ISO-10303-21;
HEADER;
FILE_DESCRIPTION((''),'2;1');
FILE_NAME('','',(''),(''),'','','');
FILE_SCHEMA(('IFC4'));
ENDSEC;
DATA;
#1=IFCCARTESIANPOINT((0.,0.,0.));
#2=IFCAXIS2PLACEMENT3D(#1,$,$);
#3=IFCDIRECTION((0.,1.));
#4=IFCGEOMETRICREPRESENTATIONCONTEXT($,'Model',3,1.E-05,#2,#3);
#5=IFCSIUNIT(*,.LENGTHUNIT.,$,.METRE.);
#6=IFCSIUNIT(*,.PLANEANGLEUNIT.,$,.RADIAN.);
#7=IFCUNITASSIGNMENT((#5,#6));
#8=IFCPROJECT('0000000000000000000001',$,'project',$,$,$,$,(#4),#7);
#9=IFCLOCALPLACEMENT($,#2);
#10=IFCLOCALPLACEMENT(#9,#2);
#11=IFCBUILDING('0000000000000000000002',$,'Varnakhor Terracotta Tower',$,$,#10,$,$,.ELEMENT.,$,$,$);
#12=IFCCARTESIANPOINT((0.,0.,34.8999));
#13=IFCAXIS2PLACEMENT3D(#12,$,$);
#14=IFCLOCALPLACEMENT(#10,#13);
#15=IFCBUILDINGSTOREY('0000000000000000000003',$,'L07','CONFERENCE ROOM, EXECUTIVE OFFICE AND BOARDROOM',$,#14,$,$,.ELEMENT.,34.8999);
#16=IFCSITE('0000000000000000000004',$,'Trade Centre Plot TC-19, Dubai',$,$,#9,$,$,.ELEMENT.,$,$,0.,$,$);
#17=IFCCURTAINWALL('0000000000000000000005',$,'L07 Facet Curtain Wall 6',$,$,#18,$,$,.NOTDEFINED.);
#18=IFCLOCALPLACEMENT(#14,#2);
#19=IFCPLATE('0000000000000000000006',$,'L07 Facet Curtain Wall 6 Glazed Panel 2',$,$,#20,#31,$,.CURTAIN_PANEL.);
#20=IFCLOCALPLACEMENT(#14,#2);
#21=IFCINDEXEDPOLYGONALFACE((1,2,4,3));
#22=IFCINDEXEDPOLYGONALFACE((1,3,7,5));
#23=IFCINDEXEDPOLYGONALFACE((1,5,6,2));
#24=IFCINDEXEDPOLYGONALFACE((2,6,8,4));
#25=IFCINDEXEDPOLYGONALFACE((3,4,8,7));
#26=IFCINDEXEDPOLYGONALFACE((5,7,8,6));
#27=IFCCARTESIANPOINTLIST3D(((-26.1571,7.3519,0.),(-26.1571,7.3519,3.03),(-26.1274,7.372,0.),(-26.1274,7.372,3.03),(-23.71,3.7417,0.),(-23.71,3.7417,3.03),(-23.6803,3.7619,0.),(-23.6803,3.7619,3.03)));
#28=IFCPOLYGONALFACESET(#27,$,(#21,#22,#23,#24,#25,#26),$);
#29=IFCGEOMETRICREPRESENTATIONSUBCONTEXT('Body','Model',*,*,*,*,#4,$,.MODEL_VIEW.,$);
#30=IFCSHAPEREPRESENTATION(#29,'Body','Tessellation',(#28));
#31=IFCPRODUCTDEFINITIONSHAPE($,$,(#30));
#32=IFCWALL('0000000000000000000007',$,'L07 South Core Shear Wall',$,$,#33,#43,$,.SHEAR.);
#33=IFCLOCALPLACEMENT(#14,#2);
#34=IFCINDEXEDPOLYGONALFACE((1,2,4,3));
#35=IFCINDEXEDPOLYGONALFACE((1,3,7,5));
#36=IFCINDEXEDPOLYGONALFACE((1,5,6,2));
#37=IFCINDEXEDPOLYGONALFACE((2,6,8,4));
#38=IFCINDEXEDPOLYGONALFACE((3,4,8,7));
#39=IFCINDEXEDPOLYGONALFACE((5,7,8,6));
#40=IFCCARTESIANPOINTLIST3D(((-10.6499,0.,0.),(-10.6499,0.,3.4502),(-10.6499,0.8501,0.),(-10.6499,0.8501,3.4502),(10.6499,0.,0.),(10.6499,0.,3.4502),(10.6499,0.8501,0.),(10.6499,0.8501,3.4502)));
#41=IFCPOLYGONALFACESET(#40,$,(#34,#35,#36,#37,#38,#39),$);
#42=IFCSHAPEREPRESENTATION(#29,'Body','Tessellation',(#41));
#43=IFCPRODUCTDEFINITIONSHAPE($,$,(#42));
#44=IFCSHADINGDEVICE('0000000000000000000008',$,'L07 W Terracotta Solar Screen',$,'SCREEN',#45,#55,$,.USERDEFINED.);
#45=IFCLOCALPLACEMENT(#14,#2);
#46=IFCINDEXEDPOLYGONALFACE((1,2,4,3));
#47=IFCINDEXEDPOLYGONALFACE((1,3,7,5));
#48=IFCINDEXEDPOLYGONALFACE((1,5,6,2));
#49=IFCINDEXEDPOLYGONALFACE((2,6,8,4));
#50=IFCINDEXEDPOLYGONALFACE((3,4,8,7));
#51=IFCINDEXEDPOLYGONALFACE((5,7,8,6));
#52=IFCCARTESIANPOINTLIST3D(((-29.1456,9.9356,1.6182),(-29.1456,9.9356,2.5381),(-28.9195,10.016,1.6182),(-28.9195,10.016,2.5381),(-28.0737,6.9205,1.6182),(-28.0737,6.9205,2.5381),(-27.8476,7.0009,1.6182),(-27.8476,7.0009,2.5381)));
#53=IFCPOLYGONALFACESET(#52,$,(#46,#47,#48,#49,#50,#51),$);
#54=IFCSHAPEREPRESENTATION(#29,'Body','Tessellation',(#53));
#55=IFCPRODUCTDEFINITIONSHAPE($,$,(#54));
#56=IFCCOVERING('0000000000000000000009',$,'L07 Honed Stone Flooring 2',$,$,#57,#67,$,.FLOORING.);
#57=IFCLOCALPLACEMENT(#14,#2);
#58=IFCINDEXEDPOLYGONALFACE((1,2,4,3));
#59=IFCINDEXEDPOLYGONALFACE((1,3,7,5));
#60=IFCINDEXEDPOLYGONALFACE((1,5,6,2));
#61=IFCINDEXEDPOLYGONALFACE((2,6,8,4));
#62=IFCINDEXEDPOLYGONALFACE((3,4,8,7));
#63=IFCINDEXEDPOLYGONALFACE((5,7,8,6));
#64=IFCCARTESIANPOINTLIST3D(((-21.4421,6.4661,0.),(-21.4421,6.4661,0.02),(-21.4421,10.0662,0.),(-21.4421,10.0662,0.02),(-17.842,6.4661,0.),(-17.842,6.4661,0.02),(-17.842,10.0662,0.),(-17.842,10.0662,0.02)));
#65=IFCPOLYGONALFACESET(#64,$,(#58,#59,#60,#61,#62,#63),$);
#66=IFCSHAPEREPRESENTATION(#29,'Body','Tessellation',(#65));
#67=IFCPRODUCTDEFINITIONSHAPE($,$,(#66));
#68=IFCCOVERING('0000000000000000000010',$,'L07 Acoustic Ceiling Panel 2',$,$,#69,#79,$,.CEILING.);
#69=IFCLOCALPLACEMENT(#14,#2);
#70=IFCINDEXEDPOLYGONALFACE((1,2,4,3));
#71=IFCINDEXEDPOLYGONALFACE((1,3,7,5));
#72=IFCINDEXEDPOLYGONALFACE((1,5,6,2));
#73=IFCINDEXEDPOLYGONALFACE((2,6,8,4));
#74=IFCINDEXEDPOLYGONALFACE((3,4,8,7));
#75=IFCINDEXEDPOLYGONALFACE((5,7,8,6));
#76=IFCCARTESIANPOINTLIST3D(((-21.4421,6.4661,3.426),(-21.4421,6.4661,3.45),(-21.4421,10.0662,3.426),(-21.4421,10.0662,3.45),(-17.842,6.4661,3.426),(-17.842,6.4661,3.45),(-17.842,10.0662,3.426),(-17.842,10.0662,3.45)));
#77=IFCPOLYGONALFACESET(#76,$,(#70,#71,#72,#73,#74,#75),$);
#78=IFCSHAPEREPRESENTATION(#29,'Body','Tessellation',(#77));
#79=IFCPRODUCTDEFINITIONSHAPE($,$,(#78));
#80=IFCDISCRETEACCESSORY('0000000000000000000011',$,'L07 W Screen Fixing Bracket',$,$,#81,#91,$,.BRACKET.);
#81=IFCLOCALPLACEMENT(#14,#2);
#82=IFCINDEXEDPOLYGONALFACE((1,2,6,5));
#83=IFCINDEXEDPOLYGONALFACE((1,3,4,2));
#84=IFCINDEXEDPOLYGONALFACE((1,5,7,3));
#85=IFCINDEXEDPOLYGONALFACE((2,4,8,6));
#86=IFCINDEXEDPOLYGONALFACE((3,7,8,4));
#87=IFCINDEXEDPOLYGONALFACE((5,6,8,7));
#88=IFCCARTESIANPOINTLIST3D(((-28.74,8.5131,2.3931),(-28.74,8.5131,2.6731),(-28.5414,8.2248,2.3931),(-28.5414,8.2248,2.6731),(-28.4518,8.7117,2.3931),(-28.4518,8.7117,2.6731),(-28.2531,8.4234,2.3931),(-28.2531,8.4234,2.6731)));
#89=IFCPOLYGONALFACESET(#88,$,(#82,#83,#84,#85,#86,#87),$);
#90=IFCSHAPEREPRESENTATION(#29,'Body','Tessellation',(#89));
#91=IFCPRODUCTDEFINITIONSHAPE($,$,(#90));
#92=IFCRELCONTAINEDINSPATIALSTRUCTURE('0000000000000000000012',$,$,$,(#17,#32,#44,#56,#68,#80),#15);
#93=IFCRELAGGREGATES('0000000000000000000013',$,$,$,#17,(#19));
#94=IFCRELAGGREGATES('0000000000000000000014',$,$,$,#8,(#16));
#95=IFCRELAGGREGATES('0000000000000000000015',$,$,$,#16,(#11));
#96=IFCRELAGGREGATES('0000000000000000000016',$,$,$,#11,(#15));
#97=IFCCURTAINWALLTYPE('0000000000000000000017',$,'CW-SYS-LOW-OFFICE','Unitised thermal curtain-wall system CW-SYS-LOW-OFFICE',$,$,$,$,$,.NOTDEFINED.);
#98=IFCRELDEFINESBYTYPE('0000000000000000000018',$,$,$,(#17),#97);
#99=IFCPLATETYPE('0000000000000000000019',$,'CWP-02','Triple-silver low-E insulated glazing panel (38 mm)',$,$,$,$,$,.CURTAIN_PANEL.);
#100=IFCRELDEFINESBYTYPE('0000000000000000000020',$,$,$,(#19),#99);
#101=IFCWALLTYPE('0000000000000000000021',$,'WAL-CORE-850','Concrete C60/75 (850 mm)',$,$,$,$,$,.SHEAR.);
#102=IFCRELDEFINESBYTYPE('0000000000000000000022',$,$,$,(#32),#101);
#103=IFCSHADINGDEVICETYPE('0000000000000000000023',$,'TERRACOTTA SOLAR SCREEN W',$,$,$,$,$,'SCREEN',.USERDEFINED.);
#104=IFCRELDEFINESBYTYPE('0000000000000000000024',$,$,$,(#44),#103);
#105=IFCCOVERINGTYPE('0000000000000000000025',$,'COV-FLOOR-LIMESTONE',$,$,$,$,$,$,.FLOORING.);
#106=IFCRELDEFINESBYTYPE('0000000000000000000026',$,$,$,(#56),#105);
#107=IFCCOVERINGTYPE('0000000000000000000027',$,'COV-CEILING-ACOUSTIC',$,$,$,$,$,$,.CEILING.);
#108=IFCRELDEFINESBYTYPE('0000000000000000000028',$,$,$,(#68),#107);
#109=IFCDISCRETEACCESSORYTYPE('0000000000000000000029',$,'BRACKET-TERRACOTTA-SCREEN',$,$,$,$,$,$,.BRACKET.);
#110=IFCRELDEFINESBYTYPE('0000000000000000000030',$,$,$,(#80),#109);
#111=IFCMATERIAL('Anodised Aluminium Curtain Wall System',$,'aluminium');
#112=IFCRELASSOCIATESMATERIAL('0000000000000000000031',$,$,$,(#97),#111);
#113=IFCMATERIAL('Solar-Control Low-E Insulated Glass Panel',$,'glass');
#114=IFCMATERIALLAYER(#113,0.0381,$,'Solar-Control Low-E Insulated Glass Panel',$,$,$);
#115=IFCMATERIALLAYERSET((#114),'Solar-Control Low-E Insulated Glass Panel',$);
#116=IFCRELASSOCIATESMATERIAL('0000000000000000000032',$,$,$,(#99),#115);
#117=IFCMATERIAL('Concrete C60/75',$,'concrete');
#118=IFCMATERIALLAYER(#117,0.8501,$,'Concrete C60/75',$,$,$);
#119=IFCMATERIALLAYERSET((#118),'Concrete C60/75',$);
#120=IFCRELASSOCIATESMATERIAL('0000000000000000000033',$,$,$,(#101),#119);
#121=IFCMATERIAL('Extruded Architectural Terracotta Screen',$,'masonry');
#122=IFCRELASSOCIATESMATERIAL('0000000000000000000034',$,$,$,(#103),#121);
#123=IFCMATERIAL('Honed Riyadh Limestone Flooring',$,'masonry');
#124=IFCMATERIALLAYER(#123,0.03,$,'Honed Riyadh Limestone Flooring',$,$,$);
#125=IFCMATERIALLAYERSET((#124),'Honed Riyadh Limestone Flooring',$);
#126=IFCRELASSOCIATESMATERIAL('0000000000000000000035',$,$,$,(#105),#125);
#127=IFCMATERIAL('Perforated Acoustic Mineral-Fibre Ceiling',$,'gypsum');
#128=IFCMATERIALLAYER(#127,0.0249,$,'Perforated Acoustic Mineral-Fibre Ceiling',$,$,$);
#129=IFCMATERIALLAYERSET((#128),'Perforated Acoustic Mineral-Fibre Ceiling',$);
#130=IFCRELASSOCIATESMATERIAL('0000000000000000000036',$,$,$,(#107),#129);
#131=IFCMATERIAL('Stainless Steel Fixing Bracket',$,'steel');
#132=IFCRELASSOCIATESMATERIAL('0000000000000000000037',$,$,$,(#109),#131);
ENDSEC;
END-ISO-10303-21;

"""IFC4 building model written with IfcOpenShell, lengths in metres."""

from ifc_helpers import new_model, si_unit, direction, frame, frame_2d, origin, origin_2d, place, context, subcontext, project, spatial, rectangle, extrude, source, transform, mapped, material, layer, layer_set, type_object, type_shapes, element, aggregate, save


model = new_model("IFC4")

# Units and contexts
model_context = context("Model", 3, precision=1e-05, world=origin(), true_north=direction((0.0, 1.0)))
body_context = subcontext(model_context, "Body", "Model", "MODEL_VIEW")
ifc_project = project(units=[si_unit("LENGTHUNIT", "METRE"), si_unit("PLANEANGLEUNIT", "RADIAN")], contexts=[model_context])

# Site, building, storey
site_placement = place(None, origin())
site = spatial("IfcSite", under=ifc_project, at=site_placement, Name="Trade Centre Plot TC-19, Dubai", CompositionType="ELEMENT", RefElevation=0.0)
building_placement = place(site_placement, origin())
building = spatial("IfcBuilding", under=site, at=building_placement, Name="Varnakhor Terracotta Tower", CompositionType="ELEMENT")
storey_placement = place(building_placement, frame((0.0, 0.0, 34.8999)))
storey = spatial("IfcBuildingStorey", under=building, at=storey_placement, Name="L07", Description="CONFERENCE ROOM, EXECUTIVE OFFICE AND BOARDROOM", CompositionType="ELEMENT", Elevation=34.8999)

# Shared definitions
ifc_material_1 = material(Name="Anodised Aluminium Curtain Wall System", Category="aluminium")
curtain_wall_type = type_object("IfcCurtainWallType", Name="CW-SYS-LOW-OFFICE", Description="Unitised thermal curtain-wall system CW-SYS-LOW-OFFICE", PredefinedType="NOTDEFINED", material=ifc_material_1)

# Curtain wall
curtain_wall_1_placement = place(storey_placement, origin())
curtain_wall_1 = element("IfcCurtainWall", 1, at=curtain_wall_1_placement, inside=storey, type_object=curtain_wall_type, Name="L07 Facet Curtain Wall 6", PredefinedType="NOTDEFINED")

# Plate
ifc_material_2 = material(Name="Solar-Control Low-E Insulated Glass Panel", Category="glass")
ifc_layer_1 = layer(ifc_material_2, 0.0381, Name="Solar-Control Low-E Insulated Glass Panel")
ifc_layer_set_1 = layer_set([ifc_layer_1], Name="Solar-Control Low-E Insulated Glass Panel")
plate_type = type_object("IfcPlateType", Name="CWP-02", Description="Triple-silver low-E insulated glazing panel (38 mm)", PredefinedType="CURTAIN_PANEL", material=ifc_layer_set_1)
shared_shape_1 = source(origin(), body_context, "Body", "SweptSolid", [
    extrude(rectangle(XDim=4.3613, YDim=0.0359, at=origin_2d()), origin(), (0.0, 0.0, 1.0), 3.03),
])
plate_1_placement = place(storey_placement, frame((-24.9187, 5.5569, 0.0), z_axis=(0.0, 0.0, 1.0), x_axis=(-0.561072, 0.827767, 0.0)))
plate_1 = element("IfcPlate", 2, at=plate_1_placement, type_object=plate_type, Name="L07 Facet Curtain Wall 6 Glazed Panel 2", PredefinedType="CURTAIN_PANEL", context=body_context, shape_type="MappedRepresentation", body=[
    mapped(shared_shape_1, transform((0.0, 0.0, 0.0), scale=1.0)),
])
aggregate(curtain_wall_1, [plate_1])

# Wall
ifc_material_3 = material(Name="Concrete C60/75", Category="concrete")
ifc_layer_2 = layer(ifc_material_3, 0.8501, Name="Concrete C60/75")
ifc_layer_set_2 = layer_set([ifc_layer_2], Name="Concrete C60/75")
wall_type = type_object("IfcWallType", Name="WAL-CORE-850", Description="Concrete C60/75 (850 mm)", PredefinedType="SHEAR", material=ifc_layer_set_2)
wall_placement = place(storey_placement, frame((-10.6499, 0.425, 0.0), z_axis=(0.0, 0.0, 1.0), x_axis=(1.0, 0.0, 0.0)))
element("IfcWall", 3, at=wall_placement, inside=storey, type_object=wall_type, Name="L07 South Core Shear Wall", PredefinedType="SHEAR", context=body_context, shape_type="SweptSolid", body=[
    extrude(rectangle(XDim=21.2998, YDim=0.8501, at=frame_2d((10.6499, 0.0))), origin(), (0.0, 0.0, 1.0), 3.4502),
])

# Shading device
ifc_material_4 = material(Name="Extruded Architectural Terracotta Screen", Category="masonry")
shading_device_type = type_object("IfcShadingDeviceType", Name="TERRACOTTA SOLAR SCREEN W", ElementType="SCREEN", PredefinedType="USERDEFINED", material=ifc_material_4)
shared_shape_2 = source(origin(), body_context, "Body", "SweptSolid", [
    extrude(rectangle(XDim=3.2, YDim=0.24, at=origin_2d()), origin(), (0.0, 0.0, 1.0), 0.9199),
])
type_shapes(shading_device_type, [shared_shape_2])
shading_device_placement = place(storey_placement, frame((-28.4966, 8.4683, 1.6182), z_axis=(0.0, 0.0, 1.0), x_axis=(0.334975, -0.942227, 0.0)))
element("IfcShadingDevice", 4, at=shading_device_placement, inside=storey, type_object=shading_device_type, Name="L07 W Terracotta Solar Screen", ObjectType="SCREEN", PredefinedType="USERDEFINED", context=body_context, shape_type="MappedRepresentation", body=[
    mapped(shared_shape_2, transform((0.0, 0.0, 0.0), scale=1.0)),
])

# Coverings
ifc_material_5 = material(Name="Honed Riyadh Limestone Flooring", Category="masonry")
ifc_layer_3 = layer(ifc_material_5, 0.03, Name="Honed Riyadh Limestone Flooring")
ifc_layer_set_3 = layer_set([ifc_layer_3], Name="Honed Riyadh Limestone Flooring")
covering_type_1 = type_object("IfcCoveringType", Name="COV-FLOOR-LIMESTONE", PredefinedType="FLOORING", material=ifc_layer_set_3)
shared_shape_3 = source(origin(), body_context, "Body", "SweptSolid", [
    extrude(rectangle(XDim=3.6001, YDim=3.6001, at=origin_2d()), origin(), (0.0, 0.0, 1.0), 0.02),
])
covering_1_placement = place(storey_placement, frame((-19.6421, 8.2661, 0.0), z_axis=(0.0, 0.0, 1.0), x_axis=(1.0, 0.0, 0.0)))
element("IfcCovering", 5, at=covering_1_placement, inside=storey, type_object=covering_type_1, Name="L07 Honed Stone Flooring 2", PredefinedType="FLOORING", context=body_context, shape_type="MappedRepresentation", body=[
    mapped(shared_shape_3, transform((0.0, 0.0, 0.0), scale=1.0)),
])
ifc_material_6 = material(Name="Perforated Acoustic Mineral-Fibre Ceiling", Category="gypsum")
ifc_layer_4 = layer(ifc_material_6, 0.0249, Name="Perforated Acoustic Mineral-Fibre Ceiling")
ifc_layer_set_4 = layer_set([ifc_layer_4], Name="Perforated Acoustic Mineral-Fibre Ceiling")
covering_type_2 = type_object("IfcCoveringType", Name="COV-CEILING-ACOUSTIC", PredefinedType="CEILING", material=ifc_layer_set_4)
shared_shape_4 = source(origin(), body_context, "Body", "SweptSolid", [
    extrude(rectangle(XDim=3.6001, YDim=3.6001, at=origin_2d()), origin(), (0.0, 0.0, 1.0), 0.0239),
])
covering_2_placement = place(storey_placement, frame((-19.6421, 8.2661, 3.426), z_axis=(0.0, 0.0, 1.0), x_axis=(1.0, 0.0, 0.0)))
element("IfcCovering", 6, at=covering_2_placement, inside=storey, type_object=covering_type_2, Name="L07 Acoustic Ceiling Panel 2", PredefinedType="CEILING", context=body_context, shape_type="MappedRepresentation", body=[
    mapped(shared_shape_4, transform((0.0, 0.0, 0.0), scale=1.0)),
])

# Discrete accessory
ifc_material_7 = material(Name="Stainless Steel Fixing Bracket", Category="steel")
discrete_accessory_type = type_object("IfcDiscreteAccessoryType", Name="BRACKET-TERRACOTTA-SCREEN", PredefinedType="BRACKET", material=ifc_material_7)
shared_shape_5 = source(origin(), body_context, "Body", "SweptSolid", [
    extrude(rectangle(XDim=0.3501, YDim=0.3501, at=origin_2d()), origin(), (0.0, 0.0, 1.0), 0.28),
])
type_shapes(discrete_accessory_type, [shared_shape_5])
discrete_accessory_placement = place(storey_placement, frame((-28.4966, 8.4683, 2.3931), z_axis=(0.0, 0.0, 1.0), x_axis=(0.567427, -0.823424, 0.0)))
element("IfcDiscreteAccessory", 7, at=discrete_accessory_placement, inside=storey, type_object=discrete_accessory_type, Name="L07 W Screen Fixing Bracket", PredefinedType="BRACKET", context=body_context, shape_type="MappedRepresentation", body=[
    mapped(shared_shape_5, transform((0.0, 0.0, 0.0), scale=1.0)),
])

save(model, "model.ifc")
